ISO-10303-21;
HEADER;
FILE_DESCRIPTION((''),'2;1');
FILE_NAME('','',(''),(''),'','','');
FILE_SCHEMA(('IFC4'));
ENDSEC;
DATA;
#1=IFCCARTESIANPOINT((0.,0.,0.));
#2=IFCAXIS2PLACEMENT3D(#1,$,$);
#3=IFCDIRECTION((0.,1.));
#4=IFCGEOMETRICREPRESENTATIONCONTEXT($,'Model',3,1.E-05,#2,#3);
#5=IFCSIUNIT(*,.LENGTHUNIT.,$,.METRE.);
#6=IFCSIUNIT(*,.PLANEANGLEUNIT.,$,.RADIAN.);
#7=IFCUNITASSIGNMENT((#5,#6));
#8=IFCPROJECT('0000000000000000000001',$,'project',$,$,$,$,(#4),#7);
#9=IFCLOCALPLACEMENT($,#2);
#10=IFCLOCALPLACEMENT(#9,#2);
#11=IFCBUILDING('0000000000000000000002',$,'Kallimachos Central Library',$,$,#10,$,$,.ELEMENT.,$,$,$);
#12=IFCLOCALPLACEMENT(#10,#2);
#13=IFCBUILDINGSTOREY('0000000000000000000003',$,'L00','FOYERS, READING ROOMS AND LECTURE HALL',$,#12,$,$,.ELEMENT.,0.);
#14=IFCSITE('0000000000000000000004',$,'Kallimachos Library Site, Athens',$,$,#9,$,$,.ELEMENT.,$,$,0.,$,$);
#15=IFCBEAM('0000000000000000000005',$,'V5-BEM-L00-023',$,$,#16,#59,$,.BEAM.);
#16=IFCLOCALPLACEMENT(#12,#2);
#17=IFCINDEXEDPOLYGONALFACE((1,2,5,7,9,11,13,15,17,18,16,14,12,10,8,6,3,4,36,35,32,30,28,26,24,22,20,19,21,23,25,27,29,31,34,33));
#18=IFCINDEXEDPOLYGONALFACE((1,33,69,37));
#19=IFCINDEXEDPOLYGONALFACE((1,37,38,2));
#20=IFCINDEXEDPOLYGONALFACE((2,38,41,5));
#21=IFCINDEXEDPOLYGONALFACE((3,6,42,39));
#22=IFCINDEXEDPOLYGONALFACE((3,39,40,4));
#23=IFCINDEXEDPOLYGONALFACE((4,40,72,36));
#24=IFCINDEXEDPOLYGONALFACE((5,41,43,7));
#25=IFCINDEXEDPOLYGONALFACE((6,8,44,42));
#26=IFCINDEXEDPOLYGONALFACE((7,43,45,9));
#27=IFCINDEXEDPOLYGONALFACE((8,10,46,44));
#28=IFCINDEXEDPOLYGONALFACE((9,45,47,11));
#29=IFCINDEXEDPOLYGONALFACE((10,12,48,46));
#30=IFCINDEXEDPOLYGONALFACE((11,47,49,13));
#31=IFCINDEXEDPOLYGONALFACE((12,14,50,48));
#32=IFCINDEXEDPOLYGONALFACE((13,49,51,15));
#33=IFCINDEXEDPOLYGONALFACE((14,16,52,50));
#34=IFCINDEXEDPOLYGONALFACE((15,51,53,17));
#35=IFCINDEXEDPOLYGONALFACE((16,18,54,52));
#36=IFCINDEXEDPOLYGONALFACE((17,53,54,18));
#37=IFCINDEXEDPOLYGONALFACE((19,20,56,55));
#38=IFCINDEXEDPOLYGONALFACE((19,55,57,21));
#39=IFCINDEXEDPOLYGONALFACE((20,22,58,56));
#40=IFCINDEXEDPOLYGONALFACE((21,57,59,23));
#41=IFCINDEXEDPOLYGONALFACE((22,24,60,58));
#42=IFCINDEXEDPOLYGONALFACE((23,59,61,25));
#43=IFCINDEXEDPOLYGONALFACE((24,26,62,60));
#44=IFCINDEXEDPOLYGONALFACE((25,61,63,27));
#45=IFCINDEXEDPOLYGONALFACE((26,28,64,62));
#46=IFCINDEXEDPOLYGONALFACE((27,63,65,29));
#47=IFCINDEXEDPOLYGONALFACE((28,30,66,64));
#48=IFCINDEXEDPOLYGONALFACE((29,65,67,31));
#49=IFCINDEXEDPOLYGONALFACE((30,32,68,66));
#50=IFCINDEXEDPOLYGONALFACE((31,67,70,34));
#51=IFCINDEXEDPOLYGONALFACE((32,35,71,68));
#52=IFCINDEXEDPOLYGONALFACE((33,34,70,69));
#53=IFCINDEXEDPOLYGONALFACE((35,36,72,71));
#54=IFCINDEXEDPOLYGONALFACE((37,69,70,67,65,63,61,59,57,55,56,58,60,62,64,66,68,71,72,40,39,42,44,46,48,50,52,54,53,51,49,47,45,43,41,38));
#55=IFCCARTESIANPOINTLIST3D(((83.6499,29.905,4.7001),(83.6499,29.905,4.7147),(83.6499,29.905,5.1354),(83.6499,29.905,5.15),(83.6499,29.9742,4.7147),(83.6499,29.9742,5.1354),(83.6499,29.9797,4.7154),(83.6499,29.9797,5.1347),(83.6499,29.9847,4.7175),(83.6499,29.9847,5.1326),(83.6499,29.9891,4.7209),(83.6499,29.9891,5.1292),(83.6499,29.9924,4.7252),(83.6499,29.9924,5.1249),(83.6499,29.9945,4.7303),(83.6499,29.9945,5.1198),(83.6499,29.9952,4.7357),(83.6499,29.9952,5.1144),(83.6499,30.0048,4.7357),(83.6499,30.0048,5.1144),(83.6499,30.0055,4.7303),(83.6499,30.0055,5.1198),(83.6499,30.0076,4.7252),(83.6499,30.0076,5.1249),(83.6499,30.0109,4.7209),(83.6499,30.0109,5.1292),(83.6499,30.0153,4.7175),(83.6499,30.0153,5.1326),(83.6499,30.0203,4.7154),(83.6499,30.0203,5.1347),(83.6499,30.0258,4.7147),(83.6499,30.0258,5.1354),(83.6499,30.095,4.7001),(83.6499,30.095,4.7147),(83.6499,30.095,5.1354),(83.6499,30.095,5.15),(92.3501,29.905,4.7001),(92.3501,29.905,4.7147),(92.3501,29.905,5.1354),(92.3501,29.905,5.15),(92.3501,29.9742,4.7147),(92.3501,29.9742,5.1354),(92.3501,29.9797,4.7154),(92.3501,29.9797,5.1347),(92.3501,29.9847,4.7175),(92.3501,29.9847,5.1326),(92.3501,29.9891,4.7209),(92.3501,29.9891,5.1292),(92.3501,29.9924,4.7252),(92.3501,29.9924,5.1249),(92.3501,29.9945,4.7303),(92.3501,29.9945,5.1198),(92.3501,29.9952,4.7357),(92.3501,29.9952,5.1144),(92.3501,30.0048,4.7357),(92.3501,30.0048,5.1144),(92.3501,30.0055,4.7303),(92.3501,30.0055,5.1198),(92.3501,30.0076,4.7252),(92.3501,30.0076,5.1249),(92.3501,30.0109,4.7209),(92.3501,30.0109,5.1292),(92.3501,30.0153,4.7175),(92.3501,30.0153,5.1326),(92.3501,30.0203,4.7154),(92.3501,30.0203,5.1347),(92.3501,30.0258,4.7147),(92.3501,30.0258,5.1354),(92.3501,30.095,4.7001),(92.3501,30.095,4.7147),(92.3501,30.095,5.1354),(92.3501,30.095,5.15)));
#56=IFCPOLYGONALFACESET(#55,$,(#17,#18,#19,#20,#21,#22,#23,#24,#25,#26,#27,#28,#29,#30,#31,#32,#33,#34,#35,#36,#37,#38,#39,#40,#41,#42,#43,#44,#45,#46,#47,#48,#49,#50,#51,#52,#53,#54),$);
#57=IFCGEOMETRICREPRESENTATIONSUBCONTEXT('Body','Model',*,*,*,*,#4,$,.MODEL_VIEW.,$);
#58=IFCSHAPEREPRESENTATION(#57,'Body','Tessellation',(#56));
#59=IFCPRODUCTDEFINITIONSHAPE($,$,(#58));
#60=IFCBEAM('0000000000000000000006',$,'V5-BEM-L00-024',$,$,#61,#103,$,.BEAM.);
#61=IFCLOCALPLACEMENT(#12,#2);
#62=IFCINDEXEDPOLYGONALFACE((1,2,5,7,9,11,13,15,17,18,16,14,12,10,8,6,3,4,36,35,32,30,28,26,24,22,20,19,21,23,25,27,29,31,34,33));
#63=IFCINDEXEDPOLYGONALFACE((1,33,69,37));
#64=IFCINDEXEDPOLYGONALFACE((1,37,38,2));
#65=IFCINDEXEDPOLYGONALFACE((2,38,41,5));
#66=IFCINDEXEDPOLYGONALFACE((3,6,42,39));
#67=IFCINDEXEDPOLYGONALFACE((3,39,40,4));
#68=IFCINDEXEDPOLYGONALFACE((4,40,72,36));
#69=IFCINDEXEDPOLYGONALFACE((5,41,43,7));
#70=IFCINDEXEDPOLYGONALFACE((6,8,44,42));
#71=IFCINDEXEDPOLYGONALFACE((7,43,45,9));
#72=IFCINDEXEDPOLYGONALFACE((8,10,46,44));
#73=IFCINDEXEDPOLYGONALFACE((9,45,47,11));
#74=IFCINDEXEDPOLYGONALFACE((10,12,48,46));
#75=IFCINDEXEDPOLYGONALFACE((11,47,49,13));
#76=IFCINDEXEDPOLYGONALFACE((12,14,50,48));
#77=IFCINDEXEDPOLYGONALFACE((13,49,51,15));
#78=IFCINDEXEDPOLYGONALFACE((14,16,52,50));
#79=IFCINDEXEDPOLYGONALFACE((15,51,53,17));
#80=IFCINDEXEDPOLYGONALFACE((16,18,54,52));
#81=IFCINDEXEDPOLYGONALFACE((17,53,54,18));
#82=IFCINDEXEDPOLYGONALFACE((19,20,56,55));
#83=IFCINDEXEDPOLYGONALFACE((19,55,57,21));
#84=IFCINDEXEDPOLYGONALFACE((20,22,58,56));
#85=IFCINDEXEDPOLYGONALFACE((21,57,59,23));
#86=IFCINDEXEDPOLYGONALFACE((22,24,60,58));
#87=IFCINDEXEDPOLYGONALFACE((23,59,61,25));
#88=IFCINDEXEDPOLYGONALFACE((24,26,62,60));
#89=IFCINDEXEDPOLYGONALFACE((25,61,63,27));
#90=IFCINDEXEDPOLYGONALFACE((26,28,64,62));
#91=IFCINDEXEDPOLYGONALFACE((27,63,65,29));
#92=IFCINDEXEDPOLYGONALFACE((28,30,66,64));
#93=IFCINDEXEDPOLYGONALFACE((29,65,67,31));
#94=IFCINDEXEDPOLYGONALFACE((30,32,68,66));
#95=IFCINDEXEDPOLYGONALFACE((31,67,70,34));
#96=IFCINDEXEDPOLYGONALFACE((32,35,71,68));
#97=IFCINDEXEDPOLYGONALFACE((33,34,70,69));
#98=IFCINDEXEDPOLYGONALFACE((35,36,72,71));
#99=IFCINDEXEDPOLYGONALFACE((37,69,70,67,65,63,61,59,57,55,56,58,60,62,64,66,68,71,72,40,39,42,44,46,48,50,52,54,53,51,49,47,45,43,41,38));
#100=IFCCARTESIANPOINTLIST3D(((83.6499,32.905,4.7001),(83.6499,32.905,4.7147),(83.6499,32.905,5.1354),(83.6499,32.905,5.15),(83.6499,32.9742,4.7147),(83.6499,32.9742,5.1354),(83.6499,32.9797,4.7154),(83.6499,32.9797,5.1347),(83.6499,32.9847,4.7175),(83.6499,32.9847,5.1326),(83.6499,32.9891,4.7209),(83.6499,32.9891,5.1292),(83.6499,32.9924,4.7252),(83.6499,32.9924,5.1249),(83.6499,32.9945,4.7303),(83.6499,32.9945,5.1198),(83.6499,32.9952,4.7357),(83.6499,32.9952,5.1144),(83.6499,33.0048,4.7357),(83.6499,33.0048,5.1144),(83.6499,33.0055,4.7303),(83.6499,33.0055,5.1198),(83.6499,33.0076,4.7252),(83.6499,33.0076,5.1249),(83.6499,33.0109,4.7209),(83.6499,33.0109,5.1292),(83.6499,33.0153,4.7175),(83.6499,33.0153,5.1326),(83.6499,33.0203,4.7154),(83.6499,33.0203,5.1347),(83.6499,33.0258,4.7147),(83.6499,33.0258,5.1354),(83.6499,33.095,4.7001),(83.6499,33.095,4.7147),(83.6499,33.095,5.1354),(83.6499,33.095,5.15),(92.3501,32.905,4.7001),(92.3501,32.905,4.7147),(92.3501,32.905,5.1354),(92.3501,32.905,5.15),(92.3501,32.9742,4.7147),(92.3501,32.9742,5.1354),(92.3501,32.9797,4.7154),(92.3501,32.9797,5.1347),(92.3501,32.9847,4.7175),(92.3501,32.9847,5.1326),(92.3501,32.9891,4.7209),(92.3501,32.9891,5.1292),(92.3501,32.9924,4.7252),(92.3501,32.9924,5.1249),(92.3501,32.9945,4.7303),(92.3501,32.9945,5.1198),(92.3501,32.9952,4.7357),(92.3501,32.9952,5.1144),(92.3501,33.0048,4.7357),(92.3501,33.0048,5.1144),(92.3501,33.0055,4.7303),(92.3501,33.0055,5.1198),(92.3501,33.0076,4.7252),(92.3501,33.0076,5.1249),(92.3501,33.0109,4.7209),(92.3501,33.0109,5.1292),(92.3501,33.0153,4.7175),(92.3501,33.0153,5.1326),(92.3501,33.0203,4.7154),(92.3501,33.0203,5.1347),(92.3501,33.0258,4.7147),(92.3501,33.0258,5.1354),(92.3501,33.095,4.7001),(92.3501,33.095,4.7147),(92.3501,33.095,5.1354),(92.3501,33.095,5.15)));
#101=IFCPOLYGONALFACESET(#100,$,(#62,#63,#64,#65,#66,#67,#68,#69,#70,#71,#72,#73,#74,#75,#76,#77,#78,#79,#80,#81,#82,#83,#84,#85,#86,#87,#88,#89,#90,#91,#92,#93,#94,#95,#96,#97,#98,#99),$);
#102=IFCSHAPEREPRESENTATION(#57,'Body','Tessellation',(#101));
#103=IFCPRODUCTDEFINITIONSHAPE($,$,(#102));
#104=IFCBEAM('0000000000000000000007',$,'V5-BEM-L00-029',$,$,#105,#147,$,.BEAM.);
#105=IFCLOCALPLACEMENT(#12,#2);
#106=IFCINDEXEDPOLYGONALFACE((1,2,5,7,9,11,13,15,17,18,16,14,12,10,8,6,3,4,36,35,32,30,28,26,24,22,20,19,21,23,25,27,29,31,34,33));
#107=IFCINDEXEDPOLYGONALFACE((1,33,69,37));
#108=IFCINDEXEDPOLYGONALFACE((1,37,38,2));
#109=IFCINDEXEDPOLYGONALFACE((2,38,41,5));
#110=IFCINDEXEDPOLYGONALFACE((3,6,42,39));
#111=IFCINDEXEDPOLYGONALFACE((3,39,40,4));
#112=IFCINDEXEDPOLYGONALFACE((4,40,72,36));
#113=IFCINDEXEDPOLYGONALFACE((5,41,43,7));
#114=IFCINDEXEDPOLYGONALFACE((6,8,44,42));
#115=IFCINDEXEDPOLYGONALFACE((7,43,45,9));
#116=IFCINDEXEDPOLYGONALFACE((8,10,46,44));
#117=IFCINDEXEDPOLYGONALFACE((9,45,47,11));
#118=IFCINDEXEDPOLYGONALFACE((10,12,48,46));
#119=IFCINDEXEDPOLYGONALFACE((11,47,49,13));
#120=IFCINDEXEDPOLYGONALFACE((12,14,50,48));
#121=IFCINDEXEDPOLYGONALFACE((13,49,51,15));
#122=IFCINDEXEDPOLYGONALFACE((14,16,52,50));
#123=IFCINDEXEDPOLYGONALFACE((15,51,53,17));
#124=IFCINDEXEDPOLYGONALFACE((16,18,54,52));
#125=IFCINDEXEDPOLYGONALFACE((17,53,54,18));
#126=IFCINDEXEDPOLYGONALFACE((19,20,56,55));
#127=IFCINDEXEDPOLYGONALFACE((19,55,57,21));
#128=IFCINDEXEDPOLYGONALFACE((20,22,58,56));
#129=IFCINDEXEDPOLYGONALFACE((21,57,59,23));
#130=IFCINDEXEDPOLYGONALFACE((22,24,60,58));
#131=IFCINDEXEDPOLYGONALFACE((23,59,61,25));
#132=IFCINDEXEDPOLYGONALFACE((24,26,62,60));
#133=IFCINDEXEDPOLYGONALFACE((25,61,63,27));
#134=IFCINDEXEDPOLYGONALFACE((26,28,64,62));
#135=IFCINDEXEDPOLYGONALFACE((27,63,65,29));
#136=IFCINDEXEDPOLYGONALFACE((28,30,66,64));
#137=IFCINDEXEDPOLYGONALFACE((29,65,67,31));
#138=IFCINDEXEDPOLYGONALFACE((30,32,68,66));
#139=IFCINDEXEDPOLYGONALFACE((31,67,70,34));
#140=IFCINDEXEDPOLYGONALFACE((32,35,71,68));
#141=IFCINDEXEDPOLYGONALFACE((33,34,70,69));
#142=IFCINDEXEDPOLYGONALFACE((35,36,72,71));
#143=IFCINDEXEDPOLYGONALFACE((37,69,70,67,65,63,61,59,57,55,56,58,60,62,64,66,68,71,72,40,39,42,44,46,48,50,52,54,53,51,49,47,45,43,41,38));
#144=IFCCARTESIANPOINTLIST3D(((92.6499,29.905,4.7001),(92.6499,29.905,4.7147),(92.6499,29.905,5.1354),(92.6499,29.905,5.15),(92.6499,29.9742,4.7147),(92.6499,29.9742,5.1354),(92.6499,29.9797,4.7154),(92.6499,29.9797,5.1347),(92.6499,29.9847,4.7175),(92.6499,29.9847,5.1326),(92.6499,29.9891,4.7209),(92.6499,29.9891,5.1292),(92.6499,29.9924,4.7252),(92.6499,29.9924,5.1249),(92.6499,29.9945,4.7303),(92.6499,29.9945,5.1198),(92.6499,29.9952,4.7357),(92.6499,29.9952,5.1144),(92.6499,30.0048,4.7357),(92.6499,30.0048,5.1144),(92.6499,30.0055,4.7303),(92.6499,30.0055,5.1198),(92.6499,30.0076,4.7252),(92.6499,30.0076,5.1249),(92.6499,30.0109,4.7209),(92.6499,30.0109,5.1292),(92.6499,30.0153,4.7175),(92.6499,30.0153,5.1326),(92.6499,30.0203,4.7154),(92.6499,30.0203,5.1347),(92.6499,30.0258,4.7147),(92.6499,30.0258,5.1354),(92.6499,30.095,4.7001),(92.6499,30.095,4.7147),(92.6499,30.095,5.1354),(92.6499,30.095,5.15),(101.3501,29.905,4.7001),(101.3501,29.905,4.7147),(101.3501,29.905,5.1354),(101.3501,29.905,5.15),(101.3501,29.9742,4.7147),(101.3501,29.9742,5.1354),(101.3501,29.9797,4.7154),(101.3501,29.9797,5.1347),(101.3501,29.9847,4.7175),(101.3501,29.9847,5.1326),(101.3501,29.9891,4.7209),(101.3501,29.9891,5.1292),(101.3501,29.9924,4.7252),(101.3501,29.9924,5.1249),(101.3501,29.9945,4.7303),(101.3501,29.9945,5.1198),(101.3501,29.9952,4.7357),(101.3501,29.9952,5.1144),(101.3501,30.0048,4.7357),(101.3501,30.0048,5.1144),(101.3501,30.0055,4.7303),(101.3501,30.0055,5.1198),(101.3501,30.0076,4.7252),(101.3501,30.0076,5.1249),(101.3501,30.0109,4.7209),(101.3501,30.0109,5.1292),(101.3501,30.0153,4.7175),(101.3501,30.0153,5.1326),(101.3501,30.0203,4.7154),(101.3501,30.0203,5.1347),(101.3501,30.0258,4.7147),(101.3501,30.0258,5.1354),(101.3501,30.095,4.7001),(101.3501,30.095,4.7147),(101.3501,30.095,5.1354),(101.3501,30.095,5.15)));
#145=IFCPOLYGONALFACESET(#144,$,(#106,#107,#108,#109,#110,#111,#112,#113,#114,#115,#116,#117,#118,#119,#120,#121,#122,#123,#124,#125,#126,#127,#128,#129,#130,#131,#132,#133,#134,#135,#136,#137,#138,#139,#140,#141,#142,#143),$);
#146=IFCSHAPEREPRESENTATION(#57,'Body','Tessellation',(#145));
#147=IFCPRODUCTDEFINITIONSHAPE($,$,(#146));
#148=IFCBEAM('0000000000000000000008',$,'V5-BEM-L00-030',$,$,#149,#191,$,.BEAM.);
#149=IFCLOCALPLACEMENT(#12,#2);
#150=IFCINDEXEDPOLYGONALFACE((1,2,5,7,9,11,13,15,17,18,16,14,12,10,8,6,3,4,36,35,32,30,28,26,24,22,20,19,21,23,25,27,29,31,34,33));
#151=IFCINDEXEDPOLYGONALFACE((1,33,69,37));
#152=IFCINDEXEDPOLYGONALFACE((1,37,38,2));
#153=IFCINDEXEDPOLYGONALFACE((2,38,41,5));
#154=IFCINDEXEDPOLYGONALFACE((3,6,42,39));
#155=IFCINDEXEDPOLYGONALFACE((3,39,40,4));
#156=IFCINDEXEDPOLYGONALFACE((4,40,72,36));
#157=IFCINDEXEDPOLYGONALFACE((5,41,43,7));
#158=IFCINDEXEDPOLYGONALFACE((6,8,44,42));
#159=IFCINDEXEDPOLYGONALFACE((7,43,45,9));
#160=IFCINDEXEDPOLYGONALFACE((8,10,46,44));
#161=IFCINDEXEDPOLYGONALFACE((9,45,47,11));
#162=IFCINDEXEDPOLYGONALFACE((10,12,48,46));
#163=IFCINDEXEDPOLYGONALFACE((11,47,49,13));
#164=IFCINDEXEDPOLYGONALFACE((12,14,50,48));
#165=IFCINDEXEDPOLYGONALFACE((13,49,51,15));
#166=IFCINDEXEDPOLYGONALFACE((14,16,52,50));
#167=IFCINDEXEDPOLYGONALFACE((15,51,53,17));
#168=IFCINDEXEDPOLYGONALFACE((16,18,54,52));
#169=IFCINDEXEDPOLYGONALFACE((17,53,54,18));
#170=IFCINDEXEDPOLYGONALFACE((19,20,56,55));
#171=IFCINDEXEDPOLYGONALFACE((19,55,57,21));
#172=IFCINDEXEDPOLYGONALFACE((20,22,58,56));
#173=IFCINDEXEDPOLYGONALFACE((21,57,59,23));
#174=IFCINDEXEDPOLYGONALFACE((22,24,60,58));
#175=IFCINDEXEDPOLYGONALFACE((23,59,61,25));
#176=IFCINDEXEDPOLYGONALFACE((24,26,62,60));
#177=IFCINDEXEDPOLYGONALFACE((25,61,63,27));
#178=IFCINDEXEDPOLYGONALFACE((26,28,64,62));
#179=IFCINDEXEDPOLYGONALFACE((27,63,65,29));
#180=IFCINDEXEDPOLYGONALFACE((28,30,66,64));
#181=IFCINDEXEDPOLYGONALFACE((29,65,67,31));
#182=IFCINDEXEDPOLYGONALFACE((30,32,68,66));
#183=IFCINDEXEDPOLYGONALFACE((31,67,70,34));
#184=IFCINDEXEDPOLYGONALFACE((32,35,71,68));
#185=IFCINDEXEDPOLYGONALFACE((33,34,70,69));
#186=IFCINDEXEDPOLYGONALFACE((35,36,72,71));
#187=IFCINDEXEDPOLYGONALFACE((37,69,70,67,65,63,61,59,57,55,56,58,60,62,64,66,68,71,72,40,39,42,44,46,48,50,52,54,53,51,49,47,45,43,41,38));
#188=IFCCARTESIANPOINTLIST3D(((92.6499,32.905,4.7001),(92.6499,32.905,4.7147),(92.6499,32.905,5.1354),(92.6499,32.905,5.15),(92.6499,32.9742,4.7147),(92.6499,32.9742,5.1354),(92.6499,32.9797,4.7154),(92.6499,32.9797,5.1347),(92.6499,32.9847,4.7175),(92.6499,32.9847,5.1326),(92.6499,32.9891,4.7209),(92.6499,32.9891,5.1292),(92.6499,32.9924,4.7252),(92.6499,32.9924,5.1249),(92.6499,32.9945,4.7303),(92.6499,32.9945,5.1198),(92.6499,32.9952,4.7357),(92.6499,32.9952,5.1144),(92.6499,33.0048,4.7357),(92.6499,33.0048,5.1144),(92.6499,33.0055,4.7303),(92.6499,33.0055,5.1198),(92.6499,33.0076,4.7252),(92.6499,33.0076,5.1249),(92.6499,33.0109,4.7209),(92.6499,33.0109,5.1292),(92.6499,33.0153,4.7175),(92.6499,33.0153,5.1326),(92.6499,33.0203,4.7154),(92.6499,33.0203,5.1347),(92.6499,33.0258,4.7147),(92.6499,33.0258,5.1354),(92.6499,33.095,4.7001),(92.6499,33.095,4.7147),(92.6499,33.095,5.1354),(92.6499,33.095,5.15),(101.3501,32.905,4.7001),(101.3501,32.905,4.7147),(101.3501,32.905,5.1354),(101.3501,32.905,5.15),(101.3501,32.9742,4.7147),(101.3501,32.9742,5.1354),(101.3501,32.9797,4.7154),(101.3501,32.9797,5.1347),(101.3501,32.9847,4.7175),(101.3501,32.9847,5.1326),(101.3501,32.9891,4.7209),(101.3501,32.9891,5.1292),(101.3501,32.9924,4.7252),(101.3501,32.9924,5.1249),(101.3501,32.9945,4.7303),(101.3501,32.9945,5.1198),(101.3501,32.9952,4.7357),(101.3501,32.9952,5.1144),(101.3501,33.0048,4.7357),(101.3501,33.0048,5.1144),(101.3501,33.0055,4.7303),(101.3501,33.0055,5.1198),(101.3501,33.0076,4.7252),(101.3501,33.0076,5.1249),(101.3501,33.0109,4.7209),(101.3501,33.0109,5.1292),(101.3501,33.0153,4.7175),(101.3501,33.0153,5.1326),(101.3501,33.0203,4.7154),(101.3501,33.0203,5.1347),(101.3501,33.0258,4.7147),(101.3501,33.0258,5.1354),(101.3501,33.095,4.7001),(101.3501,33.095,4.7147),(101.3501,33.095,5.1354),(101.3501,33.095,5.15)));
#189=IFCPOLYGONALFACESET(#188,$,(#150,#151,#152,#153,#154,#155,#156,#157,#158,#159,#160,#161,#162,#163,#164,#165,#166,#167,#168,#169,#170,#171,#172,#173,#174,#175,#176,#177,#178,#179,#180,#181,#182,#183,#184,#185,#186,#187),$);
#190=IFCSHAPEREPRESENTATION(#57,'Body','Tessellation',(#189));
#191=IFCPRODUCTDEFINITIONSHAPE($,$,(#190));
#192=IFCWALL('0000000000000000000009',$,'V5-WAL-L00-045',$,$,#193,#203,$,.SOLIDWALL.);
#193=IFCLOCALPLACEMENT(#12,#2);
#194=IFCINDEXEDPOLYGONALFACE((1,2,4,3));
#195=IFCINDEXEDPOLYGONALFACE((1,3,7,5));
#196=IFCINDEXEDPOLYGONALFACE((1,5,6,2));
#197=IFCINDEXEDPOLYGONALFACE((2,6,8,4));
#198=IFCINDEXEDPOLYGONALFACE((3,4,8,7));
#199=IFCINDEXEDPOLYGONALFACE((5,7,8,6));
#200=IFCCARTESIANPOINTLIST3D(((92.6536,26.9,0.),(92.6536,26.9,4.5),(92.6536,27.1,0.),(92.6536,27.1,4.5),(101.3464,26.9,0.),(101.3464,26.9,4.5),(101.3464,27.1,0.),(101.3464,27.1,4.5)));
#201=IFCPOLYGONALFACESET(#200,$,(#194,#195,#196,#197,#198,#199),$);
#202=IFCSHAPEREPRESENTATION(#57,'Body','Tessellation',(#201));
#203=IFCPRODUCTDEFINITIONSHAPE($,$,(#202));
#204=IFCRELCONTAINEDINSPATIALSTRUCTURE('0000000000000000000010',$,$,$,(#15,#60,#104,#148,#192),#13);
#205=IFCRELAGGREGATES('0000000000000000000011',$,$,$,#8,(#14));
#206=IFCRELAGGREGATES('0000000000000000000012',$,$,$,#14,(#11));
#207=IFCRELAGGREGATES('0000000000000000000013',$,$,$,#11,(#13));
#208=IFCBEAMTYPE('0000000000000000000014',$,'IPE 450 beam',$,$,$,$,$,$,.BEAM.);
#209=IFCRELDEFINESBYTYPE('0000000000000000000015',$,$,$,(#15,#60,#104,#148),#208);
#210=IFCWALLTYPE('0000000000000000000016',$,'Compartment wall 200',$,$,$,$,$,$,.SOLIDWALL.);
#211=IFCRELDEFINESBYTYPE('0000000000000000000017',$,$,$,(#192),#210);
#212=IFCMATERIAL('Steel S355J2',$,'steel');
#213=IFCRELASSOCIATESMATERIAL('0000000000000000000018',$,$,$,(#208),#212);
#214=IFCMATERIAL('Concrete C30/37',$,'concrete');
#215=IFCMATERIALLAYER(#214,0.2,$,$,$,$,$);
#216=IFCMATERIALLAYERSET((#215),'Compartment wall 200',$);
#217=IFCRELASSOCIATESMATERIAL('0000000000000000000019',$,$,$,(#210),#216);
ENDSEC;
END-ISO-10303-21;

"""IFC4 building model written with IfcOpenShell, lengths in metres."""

from ifc_helpers import new_model, si_unit, direction, frame, frame_2d, origin, origin_2d, place, context, subcontext, project, spatial, rectangle, i_section, extrude, material, layer, layer_set, material_profile, profile_set, type_object, element, save


model = new_model("IFC4")

# Units and contexts
model_context = context("Model", 3, precision=1e-05, world=origin(), true_north=direction((0.0, 1.0)))
body_context = subcontext(model_context, "Body", "Model", "MODEL_VIEW")
ifc_project = project(units=[si_unit("LENGTHUNIT", "METRE"), si_unit("PLANEANGLEUNIT", "RADIAN")], contexts=[model_context])

# Site, building, storey
site_placement = place(None, origin())
site = spatial("IfcSite", under=ifc_project, at=site_placement, Name="Kallimachos Library Site, Athens", CompositionType="ELEMENT", RefElevation=0.0)
building_placement = place(site_placement, origin())
building = spatial("IfcBuilding", under=site, at=building_placement, Name="Kallimachos Central Library", CompositionType="ELEMENT")
storey_placement = place(building_placement, origin())
storey = spatial("IfcBuildingStorey", under=building, at=storey_placement, Name="L00", Description="FOYERS, READING ROOMS AND LECTURE HALL", CompositionType="ELEMENT", Elevation=0.0)

# Beams
ifc_material_1 = material(Name="Steel S355J2", Category="steel")
ifc_material_profile_1 = material_profile(ifc_material_1, i_section(OverallWidth=0.1899, OverallDepth=0.45, WebThickness=0.0095, FlangeThickness=0.0146, FilletRadius=0.021, at=origin_2d()), Name="IPE 450")
ifc_profile_set_1 = profile_set([ifc_material_profile_1], Name="Steel S355J2")
beam_type_1 = type_object("IfcBeamType", Name="IPE 450 beam", PredefinedType="BEAM", material=ifc_profile_set_1)
for number, where, z_axis, x_axis, name in (
    (1, (83.6499, 30.0, 4.925), (1.0, 0.0, 0.0), (0.0, 1.0, 0.0), "V5-BEM-L00-023"),
    (2, (83.6499, 33.0, 4.925), (1.0, 0.0, 0.0), (0.0, 1.0, 0.0), "V5-BEM-L00-024"),
    (3, (92.6499, 30.0, 4.925), (1.0, 0.0, 0.0), (0.0, 1.0, 0.0), "V5-BEM-L00-029"),
    (4, (92.6499, 33.0, 4.925), (1.0, 0.0, 0.0), (0.0, 1.0, 0.0), "V5-BEM-L00-030"),
):
    element("IfcBeam", number, at=place(storey_placement, frame(where, z_axis=z_axis, x_axis=x_axis)), inside=storey, type_object=beam_type_1, Name=name, PredefinedType="BEAM", context=body_context, shape_type="SweptSolid", body=[
        extrude(i_section(OverallWidth=0.1899, OverallDepth=0.45, WebThickness=0.0095, FlangeThickness=0.0146, FilletRadius=0.021, at=origin_2d()), origin(), (0.0, 0.0, 1.0), 8.7002),
    ])

# Wall
ifc_material_2 = material(Name="Concrete C30/37", Category="concrete")
ifc_layer_1 = layer(ifc_material_2, 0.2)
ifc_layer_set_1 = layer_set([ifc_layer_1], Name="Compartment wall 200")
wall_type_1 = type_object("IfcWallType", Name="Compartment wall 200", PredefinedType="SOLIDWALL", material=ifc_layer_set_1)
wall_1_placement = place(storey_placement, frame((92.6536, 27.0, 0.0), z_axis=(0.0, 0.0, 1.0), x_axis=(1.0, 0.0, 0.0)))
element("IfcWall", 5, at=wall_1_placement, inside=storey, type_object=wall_type_1, Name="V5-WAL-L00-045", PredefinedType="SOLIDWALL", context=body_context, shape_type="SweptSolid", body=[
    extrude(rectangle(XDim=8.6929, YDim=0.2, at=frame_2d((4.3464, 0.0))), origin(), (0.0, 0.0, 1.0), 4.5),
])

save(model, "model.ifc")
